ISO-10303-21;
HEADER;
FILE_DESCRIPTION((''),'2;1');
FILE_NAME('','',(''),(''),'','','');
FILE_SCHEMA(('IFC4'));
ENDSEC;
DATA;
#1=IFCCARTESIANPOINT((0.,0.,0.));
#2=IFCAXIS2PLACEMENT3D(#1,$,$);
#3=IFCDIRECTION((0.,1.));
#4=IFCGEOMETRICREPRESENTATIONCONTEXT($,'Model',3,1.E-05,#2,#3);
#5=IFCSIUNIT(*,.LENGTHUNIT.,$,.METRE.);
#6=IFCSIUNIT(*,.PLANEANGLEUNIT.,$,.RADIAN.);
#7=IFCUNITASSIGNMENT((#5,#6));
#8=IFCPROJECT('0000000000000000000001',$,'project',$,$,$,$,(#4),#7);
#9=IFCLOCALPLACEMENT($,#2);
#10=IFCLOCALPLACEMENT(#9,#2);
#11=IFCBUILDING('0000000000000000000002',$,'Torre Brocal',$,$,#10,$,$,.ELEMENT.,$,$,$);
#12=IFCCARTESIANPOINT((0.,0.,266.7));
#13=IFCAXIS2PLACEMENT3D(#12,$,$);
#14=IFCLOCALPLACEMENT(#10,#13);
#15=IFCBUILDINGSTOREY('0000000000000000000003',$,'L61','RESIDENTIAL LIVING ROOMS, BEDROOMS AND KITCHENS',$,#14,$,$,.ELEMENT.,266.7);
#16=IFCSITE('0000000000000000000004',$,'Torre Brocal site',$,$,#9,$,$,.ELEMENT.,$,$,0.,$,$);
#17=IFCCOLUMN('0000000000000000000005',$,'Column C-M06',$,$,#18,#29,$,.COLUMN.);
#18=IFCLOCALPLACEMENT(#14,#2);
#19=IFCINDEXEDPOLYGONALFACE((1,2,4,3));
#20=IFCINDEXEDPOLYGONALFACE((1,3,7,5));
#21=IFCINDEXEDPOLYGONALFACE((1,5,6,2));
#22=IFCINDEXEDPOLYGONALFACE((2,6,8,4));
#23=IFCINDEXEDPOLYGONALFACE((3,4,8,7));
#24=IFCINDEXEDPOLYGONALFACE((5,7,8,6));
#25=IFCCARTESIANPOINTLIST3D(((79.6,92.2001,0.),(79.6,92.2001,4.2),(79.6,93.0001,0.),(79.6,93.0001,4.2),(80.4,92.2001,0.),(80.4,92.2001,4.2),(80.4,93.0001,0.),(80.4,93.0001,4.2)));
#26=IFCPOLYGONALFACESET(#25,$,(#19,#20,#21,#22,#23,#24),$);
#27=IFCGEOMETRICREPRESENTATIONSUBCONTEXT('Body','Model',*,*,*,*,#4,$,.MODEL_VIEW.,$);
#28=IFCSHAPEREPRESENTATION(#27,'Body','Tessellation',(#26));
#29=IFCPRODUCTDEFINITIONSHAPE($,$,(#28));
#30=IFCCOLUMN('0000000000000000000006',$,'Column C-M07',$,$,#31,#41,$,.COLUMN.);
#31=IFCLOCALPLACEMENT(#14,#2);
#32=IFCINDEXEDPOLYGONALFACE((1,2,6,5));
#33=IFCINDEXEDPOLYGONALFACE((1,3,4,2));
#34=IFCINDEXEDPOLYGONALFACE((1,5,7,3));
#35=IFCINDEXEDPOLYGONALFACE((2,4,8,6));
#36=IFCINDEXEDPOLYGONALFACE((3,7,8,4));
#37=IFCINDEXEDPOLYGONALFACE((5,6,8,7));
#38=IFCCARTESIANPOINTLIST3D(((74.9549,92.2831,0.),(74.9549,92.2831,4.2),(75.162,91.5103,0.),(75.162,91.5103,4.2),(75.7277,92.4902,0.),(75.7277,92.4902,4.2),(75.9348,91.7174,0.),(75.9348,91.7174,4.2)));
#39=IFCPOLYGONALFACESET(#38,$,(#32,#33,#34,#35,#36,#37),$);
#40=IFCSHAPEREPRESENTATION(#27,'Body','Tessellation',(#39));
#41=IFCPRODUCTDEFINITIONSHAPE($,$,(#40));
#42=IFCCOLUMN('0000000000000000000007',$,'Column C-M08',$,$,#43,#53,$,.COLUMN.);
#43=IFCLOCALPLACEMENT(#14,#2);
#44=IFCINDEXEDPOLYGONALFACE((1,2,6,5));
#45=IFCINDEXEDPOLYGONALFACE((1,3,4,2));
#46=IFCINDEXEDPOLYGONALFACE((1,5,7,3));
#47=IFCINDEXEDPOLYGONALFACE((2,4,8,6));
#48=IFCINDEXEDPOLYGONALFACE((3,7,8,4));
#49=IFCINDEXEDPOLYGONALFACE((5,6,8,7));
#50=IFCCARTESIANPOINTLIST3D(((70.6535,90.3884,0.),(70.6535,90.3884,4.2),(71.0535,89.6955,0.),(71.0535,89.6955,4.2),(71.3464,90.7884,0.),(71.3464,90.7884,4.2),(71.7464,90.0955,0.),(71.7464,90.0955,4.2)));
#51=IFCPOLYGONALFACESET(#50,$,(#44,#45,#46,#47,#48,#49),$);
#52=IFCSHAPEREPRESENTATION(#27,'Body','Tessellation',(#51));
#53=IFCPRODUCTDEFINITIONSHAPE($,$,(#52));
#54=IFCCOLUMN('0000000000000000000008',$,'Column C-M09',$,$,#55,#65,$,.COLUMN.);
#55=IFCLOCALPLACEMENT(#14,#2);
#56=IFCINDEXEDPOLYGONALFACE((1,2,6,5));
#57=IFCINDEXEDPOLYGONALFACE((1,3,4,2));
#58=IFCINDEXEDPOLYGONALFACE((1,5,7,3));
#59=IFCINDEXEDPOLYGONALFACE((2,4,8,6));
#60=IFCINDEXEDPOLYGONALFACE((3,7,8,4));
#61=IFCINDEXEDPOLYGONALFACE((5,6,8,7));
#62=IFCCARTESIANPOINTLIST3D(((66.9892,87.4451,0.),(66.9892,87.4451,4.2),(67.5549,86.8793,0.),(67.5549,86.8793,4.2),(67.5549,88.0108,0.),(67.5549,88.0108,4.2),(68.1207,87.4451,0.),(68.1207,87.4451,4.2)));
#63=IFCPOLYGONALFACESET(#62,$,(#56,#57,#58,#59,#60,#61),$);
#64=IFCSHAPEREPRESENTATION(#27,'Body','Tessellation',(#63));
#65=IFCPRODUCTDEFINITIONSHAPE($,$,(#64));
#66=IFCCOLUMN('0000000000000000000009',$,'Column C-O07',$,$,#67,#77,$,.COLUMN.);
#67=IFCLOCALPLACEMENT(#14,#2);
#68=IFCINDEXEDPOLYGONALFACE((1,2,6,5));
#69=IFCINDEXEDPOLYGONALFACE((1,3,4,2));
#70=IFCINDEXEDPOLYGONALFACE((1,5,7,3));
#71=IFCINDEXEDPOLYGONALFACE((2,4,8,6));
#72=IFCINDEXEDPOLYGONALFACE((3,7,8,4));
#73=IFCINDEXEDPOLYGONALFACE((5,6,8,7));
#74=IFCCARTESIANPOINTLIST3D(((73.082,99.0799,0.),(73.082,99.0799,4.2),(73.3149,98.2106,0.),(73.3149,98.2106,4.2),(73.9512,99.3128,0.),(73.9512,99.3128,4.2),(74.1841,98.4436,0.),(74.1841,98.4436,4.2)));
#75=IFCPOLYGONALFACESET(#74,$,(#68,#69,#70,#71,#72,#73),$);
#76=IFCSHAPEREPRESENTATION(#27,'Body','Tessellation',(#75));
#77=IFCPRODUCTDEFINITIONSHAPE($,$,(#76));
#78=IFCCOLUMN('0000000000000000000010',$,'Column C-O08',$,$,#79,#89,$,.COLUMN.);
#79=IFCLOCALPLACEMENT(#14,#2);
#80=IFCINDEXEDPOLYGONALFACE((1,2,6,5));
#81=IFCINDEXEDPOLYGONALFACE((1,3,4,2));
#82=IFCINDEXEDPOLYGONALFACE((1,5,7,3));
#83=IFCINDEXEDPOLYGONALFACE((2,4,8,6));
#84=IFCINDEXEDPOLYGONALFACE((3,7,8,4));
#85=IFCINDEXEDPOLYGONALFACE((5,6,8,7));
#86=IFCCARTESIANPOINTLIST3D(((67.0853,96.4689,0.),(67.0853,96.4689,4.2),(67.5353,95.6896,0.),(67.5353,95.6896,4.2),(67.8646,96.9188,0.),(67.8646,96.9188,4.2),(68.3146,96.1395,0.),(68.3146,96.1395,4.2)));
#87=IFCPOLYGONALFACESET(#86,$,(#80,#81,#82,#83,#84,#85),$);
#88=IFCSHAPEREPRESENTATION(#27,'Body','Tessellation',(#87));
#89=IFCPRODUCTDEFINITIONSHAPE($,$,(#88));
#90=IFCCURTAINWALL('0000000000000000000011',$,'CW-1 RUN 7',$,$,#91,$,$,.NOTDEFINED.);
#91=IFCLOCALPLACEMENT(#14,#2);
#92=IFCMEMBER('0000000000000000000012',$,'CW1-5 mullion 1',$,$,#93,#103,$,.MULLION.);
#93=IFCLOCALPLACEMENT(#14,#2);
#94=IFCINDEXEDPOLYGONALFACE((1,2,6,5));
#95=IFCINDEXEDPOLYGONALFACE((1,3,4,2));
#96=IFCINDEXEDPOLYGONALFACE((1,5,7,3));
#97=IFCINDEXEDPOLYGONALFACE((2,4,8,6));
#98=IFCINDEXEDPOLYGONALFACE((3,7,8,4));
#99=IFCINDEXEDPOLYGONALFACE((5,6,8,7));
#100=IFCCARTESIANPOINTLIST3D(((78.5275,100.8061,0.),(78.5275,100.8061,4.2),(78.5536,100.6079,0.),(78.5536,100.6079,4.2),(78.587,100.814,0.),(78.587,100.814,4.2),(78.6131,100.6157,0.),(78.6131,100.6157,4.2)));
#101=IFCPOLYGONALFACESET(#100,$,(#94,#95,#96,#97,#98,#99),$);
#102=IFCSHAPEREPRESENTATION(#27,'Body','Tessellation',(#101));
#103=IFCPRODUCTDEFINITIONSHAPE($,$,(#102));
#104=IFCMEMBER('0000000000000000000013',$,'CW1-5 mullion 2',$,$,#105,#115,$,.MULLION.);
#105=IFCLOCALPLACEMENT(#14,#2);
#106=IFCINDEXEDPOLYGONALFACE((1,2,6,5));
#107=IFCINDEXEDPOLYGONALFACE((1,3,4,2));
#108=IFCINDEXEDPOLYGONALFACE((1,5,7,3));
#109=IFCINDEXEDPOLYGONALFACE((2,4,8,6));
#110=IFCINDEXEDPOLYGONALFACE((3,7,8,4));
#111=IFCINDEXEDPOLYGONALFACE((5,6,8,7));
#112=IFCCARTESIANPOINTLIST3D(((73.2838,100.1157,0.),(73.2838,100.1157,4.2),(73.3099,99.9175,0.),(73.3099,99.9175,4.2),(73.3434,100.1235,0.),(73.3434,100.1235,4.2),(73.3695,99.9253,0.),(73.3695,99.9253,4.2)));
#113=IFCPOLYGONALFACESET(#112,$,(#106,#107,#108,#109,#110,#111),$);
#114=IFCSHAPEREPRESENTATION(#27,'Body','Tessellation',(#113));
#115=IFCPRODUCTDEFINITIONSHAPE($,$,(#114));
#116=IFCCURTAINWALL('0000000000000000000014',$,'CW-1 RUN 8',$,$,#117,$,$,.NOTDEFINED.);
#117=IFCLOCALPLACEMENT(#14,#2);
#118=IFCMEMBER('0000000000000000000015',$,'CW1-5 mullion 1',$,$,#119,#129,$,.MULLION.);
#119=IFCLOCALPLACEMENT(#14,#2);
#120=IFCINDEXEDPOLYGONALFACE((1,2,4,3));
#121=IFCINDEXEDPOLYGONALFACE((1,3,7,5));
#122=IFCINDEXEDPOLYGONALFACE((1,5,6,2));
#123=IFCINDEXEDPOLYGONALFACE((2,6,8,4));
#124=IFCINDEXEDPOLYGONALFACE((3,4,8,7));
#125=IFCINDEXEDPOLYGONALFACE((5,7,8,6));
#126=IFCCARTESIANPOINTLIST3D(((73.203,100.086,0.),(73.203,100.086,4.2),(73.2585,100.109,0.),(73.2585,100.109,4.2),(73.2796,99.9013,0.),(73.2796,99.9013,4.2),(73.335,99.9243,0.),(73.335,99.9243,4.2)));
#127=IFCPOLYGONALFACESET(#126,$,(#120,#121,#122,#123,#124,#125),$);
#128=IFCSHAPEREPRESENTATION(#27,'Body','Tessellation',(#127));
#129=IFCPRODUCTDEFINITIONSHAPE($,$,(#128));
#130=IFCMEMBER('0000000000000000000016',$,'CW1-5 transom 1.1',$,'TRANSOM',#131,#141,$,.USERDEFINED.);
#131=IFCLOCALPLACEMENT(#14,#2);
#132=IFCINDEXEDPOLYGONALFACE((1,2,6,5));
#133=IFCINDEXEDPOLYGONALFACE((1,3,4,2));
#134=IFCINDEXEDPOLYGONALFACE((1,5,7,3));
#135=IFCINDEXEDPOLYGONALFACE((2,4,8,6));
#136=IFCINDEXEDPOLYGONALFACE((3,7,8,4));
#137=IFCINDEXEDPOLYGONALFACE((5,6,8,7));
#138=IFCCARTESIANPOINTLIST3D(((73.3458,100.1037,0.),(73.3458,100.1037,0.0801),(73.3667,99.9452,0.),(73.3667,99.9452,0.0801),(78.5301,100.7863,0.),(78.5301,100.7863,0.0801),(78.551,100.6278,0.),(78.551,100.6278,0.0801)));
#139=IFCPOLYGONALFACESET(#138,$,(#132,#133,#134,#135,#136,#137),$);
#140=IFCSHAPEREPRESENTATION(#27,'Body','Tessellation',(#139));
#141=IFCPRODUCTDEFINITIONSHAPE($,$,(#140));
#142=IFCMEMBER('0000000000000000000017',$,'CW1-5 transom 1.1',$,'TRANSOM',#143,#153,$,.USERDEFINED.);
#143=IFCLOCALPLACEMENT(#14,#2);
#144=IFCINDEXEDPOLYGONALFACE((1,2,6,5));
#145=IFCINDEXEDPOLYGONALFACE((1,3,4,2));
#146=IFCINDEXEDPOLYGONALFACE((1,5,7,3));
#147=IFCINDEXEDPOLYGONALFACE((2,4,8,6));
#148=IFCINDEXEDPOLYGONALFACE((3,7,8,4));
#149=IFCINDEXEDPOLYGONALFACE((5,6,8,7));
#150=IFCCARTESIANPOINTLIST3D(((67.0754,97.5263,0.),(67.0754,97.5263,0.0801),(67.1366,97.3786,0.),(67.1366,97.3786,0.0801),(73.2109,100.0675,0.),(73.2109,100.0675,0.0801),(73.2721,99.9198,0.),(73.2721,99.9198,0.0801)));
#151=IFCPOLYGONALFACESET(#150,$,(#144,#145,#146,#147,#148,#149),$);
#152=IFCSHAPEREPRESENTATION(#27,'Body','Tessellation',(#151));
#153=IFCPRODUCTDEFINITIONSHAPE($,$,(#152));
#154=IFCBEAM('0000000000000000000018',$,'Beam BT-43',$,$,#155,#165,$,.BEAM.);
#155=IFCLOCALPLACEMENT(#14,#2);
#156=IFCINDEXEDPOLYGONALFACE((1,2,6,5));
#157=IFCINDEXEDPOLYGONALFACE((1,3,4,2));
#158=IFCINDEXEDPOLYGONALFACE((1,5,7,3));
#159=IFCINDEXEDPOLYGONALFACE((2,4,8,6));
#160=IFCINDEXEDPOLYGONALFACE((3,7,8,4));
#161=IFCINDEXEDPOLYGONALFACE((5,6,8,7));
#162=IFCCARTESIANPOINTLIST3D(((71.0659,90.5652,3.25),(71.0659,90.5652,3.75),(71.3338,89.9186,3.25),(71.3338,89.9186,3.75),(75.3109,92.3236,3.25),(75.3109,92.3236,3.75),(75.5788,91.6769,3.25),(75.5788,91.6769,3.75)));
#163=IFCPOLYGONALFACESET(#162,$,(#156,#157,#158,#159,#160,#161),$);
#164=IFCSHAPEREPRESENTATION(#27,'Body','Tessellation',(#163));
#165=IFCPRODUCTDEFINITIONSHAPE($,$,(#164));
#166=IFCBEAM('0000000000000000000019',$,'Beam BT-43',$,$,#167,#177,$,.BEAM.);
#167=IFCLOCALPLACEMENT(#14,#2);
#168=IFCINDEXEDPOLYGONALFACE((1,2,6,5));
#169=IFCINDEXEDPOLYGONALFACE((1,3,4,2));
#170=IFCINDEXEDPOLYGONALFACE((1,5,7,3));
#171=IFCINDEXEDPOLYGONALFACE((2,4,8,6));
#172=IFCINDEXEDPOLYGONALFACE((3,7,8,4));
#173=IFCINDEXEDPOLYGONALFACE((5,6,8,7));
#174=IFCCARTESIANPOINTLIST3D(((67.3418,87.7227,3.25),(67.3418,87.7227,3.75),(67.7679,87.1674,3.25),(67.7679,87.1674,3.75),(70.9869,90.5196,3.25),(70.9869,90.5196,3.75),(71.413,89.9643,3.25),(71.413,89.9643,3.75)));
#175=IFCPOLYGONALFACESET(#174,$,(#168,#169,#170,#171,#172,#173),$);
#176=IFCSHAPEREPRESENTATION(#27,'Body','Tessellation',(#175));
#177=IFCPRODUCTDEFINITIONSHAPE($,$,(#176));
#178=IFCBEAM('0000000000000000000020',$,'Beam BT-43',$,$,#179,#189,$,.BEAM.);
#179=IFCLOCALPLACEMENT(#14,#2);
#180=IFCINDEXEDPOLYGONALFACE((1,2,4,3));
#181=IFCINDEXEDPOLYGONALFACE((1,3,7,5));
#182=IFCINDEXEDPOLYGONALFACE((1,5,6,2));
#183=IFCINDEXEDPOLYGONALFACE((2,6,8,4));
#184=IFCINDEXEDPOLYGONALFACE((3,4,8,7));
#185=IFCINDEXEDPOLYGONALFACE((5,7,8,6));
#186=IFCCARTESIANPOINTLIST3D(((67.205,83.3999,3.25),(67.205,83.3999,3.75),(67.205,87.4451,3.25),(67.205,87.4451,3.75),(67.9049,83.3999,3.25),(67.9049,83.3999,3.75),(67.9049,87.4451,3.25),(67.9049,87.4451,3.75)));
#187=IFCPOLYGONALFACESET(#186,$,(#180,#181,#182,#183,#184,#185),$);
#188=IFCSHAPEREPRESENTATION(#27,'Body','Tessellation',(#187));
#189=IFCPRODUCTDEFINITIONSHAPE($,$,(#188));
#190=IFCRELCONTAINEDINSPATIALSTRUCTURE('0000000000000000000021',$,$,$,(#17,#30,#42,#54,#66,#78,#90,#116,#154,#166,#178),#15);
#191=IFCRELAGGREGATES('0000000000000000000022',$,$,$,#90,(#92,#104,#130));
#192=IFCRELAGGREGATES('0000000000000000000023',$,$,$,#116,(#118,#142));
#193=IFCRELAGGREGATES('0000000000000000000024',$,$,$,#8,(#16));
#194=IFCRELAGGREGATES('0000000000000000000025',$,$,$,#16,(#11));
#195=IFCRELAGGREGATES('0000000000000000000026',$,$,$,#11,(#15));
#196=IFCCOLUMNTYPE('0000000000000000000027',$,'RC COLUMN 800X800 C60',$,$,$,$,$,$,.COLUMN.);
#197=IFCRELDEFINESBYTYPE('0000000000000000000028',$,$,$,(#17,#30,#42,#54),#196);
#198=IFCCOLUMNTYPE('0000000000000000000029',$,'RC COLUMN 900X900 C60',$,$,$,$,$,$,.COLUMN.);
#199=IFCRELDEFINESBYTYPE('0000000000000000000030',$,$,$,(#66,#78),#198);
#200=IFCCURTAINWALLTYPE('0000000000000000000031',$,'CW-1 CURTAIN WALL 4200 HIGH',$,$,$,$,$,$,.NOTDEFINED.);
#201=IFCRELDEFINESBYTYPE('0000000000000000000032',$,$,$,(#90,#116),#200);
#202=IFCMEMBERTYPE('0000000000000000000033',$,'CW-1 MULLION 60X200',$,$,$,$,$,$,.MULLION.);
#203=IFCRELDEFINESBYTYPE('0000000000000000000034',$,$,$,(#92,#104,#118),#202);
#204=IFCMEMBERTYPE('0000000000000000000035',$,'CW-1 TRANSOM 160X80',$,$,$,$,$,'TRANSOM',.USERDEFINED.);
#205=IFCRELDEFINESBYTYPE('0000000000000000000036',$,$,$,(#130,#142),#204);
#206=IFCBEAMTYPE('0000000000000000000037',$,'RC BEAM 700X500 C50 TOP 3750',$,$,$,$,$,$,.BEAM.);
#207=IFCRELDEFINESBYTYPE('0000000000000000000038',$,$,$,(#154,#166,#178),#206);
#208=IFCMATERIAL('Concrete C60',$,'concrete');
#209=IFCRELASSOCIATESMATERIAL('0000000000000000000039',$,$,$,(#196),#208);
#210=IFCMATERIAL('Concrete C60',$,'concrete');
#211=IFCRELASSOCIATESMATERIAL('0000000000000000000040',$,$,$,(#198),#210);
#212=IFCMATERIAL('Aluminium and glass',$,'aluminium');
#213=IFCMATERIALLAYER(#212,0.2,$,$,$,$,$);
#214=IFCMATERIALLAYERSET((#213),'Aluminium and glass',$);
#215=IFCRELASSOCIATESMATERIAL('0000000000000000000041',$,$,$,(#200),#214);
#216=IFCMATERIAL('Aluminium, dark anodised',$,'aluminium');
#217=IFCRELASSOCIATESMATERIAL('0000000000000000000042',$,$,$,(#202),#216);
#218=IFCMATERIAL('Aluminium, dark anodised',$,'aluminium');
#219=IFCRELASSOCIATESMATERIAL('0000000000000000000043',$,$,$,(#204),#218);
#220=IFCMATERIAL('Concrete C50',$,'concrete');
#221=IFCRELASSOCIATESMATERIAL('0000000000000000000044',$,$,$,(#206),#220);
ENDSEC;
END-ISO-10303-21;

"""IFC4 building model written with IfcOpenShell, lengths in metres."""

from ifc_helpers import new_model, si_unit, direction, frame, origin, origin_2d, place, context, subcontext, project, spatial, rectangle, extrude, material, layer, layer_set, material_profile, profile_set, type_object, element, aggregate, save


model = new_model("IFC4")

# Units and contexts
model_context = context("Model", 3, precision=1e-05, world=origin(), true_north=direction((0.0, 1.0)))
body_context = subcontext(model_context, "Body", "Model", "MODEL_VIEW")
ifc_project = project(units=[si_unit("LENGTHUNIT", "METRE"), si_unit("PLANEANGLEUNIT", "RADIAN")], contexts=[model_context])

# Site, building, storey
site_placement = place(None, origin())
site = spatial("IfcSite", under=ifc_project, at=site_placement, Name="Torre Brocal site", CompositionType="ELEMENT", RefElevation=0.0)
building_placement = place(site_placement, origin())
building = spatial("IfcBuilding", under=site, at=building_placement, Name="Torre Brocal", CompositionType="ELEMENT")
storey_placement = place(building_placement, frame((0.0, 0.0, 266.7)))
storey = spatial("IfcBuildingStorey", under=building, at=storey_placement, Name="L61", Description="RESIDENTIAL LIVING ROOMS, BEDROOMS AND KITCHENS", CompositionType="ELEMENT", Elevation=266.7)

# Columns
ifc_material_1 = material(Name="Concrete C60", Category="concrete")
ifc_material_profile_1 = material_profile(ifc_material_1, rectangle(XDim=0.8, YDim=0.8, at=origin_2d()), Name="RC 800X800")
ifc_profile_set_1 = profile_set([ifc_material_profile_1], Name="Concrete C60")
column_type_1 = type_object("IfcColumnType", Name="RC COLUMN 800X800 C60", PredefinedType="COLUMN", material=ifc_profile_set_1)
for number, where, z_axis, x_axis, name in (
    (1, (80.0, 92.6001, 0.0), (0.0, 0.0, 1.0), (0.0, 1.0, 0.0), "Column C-M06"),
    (2, (75.4448, 92.0002, 0.0), (0.0, 0.0, 1.0), (-0.258819, 0.965926, 0.0), "Column C-M07"),
    (3, (71.2, 90.2419, 0.0), (0.0, 0.0, 1.0), (-0.5, 0.866025, 0.0), "Column C-M08"),
    (4, (67.5549, 87.4451, 0.0), (0.0, 0.0, 1.0), (-0.707107, 0.707107, 0.0), "Column C-M09"),
):
    element("IfcColumn", number, at=place(storey_placement, frame(where, z_axis=z_axis, x_axis=x_axis)), inside=storey, type_object=column_type_1, Name=name, PredefinedType="COLUMN", context=body_context, shape_type="SweptSolid", body=[
        extrude(rectangle(XDim=0.8, YDim=0.8, at=origin_2d()), origin(), (0.0, 0.0, 1.0), 4.2),
    ])
ifc_material_2 = material(Name="Concrete C60", Category="concrete")
ifc_material_profile_2 = material_profile(ifc_material_2, rectangle(XDim=0.8999, YDim=0.8999, at=origin_2d()), Name="RC 900X900")
ifc_profile_set_2 = profile_set([ifc_material_profile_2], Name="Concrete C60")
column_type_2 = type_object("IfcColumnType", Name="RC COLUMN 900X900 C60", PredefinedType="COLUMN", material=ifc_profile_set_2)
for number, where, z_axis, x_axis, name in (
    (5, (73.6331, 98.7617, 0.0), (0.0, 0.0, 1.0), (-0.258819, 0.965926, 0.0), "Column C-O07"),
    (6, (67.7, 96.3042, 0.0), (0.0, 0.0, 1.0), (-0.5, 0.866025, 0.0), "Column C-O08"),
):
    element("IfcColumn", number, at=place(storey_placement, frame(where, z_axis=z_axis, x_axis=x_axis)), inside=storey, type_object=column_type_2, Name=name, PredefinedType="COLUMN", context=body_context, shape_type="SweptSolid", body=[
        extrude(rectangle(XDim=0.8999, YDim=0.8999, at=origin_2d()), origin(), (0.0, 0.0, 1.0), 4.2),
    ])

# Curtain wall, members
ifc_material_3 = material(Name="Aluminium and glass", Category="aluminium")
ifc_layer_1 = layer(ifc_material_3, 0.2)
ifc_layer_set_1 = layer_set([ifc_layer_1], Name="Aluminium and glass")
curtain_wall_type = type_object("IfcCurtainWallType", Name="CW-1 CURTAIN WALL 4200 HIGH", PredefinedType="NOTDEFINED", material=ifc_layer_set_1)
curtain_wall_1_placement = place(storey_placement, origin())
curtain_wall_1 = element("IfcCurtainWall", 7, at=curtain_wall_1_placement, inside=storey, type_object=curtain_wall_type, Name="CW-1 RUN 7", PredefinedType="NOTDEFINED")
ifc_material_4 = material(Name="Aluminium, dark anodised", Category="aluminium")
ifc_material_profile_3 = material_profile(ifc_material_4, rectangle(XDim=0.2, YDim=0.0601, at=origin_2d()), Name="CW-1 MULLION 60X200")
ifc_profile_set_3 = profile_set([ifc_material_profile_3], Name="Aluminium, dark anodised")
member_type_1 = type_object("IfcMemberType", Name="CW-1 MULLION 60X200", PredefinedType="MULLION", material=ifc_profile_set_3)
member_1_placement = place(storey_placement, frame((78.5703, 100.7109, 0.0), z_axis=(0.0, 0.0, 1.0), x_axis=(0.130526, -0.991445, 0.0)))
member_1 = element("IfcMember", 8, at=member_1_placement, type_object=member_type_1, Name="CW1-5 mullion 1", PredefinedType="MULLION", context=body_context, shape_type="SweptSolid", body=[
    extrude(rectangle(XDim=0.2, YDim=0.0601, at=origin_2d()), origin(), (0.0, 0.0, 1.0), 4.2),
])
member_2_placement = place(storey_placement, frame((73.3267, 100.0205, 0.0), z_axis=(0.0, 0.0, 1.0), x_axis=(0.130526, -0.991445, 0.0)))
member_2 = element("IfcMember", 9, at=member_2_placement, type_object=member_type_1, Name="CW1-5 mullion 2", PredefinedType="MULLION", context=body_context, shape_type="SweptSolid", body=[
    extrude(rectangle(XDim=0.2, YDim=0.0601, at=origin_2d()), origin(), (0.0, 0.0, 1.0), 4.2),
])

# Curtain wall, member
curtain_wall_2_placement = place(storey_placement, origin())
curtain_wall_2 = element("IfcCurtainWall", 10, at=curtain_wall_2_placement, inside=storey, type_object=curtain_wall_type, Name="CW-1 RUN 8", PredefinedType="NOTDEFINED")
member_3_placement = place(storey_placement, frame((73.269, 100.0051, 0.0), z_axis=(0.0, 0.0, 1.0), x_axis=(0.382683, -0.92388, 0.0)))
member_3 = element("IfcMember", 11, at=member_3_placement, type_object=member_type_1, Name="CW1-5 mullion 1", PredefinedType="MULLION", context=body_context, shape_type="SweptSolid", body=[
    extrude(rectangle(XDim=0.2, YDim=0.0601, at=origin_2d()), origin(), (0.0, 0.0, 1.0), 4.2),
])

# Members
ifc_material_5 = material(Name="Aluminium, dark anodised", Category="aluminium")
ifc_material_profile_4 = material_profile(ifc_material_5, rectangle(XDim=0.1599, YDim=0.0801, at=origin_2d()), Name="CW-1 TRANSOM 160X80")
ifc_profile_set_4 = profile_set([ifc_material_profile_4], Name="Aluminium, dark anodised")
member_type_2 = type_object("IfcMemberType", Name="CW-1 TRANSOM 160X80", ElementType="TRANSOM", PredefinedType="USERDEFINED", material=ifc_profile_set_4)
member_4_placement = place(storey_placement, frame((78.5405, 100.707, 0.04), z_axis=(-0.991443, -0.130543, 0.0), x_axis=(0.130543, -0.991443, 0.0)))
member_4 = element("IfcMember", 12, at=member_4_placement, type_object=member_type_2, Name="CW1-5 transom 1.1", ObjectType="TRANSOM", PredefinedType="USERDEFINED", context=body_context, shape_type="SweptSolid", body=[
    extrude(rectangle(XDim=0.1599, YDim=0.0801, at=origin_2d()), origin(), (0.0, 0.0, 1.0), 5.229),
])
member_5_placement = place(storey_placement, frame((73.2415, 99.9937, 0.04), z_axis=(-0.923887, -0.382665, 0.0), x_axis=(0.382665, -0.923887, 0.0)))
member_5 = element("IfcMember", 13, at=member_5_placement, type_object=member_type_2, Name="CW1-5 transom 1.1", ObjectType="TRANSOM", PredefinedType="USERDEFINED", context=body_context, shape_type="SweptSolid", body=[
    extrude(rectangle(XDim=0.1599, YDim=0.0801, at=origin_2d()), origin(), (0.0, 0.0, 1.0), 6.6409),
])

# Beams
ifc_material_6 = material(Name="Concrete C50", Category="concrete")
ifc_material_profile_5 = material_profile(ifc_material_6, rectangle(XDim=0.7, YDim=0.5, at=origin_2d()), Name="RC 700X500")
ifc_profile_set_5 = profile_set([ifc_material_profile_5], Name="Concrete C50")
beam_type_1 = type_object("IfcBeamType", Name="RC BEAM 700X500 C50 TOP 3750", PredefinedType="BEAM", material=ifc_profile_set_5)
beam_1_placement = place(storey_placement, frame((75.4448, 92.0002, 3.5), z_axis=(-0.923878, -0.382687, 0.0), x_axis=(0.382687, -0.923878, 0.0)))
element("IfcBeam", 14, at=beam_1_placement, inside=storey, type_object=beam_type_1, Name="Beam BT-43", PredefinedType="BEAM", context=body_context, shape_type="SweptSolid", body=[
    extrude(rectangle(XDim=0.7, YDim=0.5, at=origin_2d()), origin(), (0.0, 0.0, 1.0), 4.5947),
])
beam_2_placement = place(storey_placement, frame((71.2, 90.2419, 3.5), z_axis=(-0.793358, -0.608755, 0.0), x_axis=(0.608755, -0.793358, 0.0)))
element("IfcBeam", 15, at=beam_2_placement, inside=storey, type_object=beam_type_1, Name="Beam BT-43", PredefinedType="BEAM", context=body_context, shape_type="SweptSolid", body=[
    extrude(rectangle(XDim=0.7, YDim=0.5, at=origin_2d()), origin(), (0.0, 0.0, 1.0), 4.5945),
])
beam_3_placement = place(storey_placement, frame((67.5549, 87.4451, 3.5), z_axis=(0.0, -1.0, 0.0), x_axis=(1.0, 0.0, 0.0)))
element("IfcBeam", 16, at=beam_3_placement, inside=storey, type_object=beam_type_1, Name="Beam BT-43", PredefinedType="BEAM", context=body_context, shape_type="SweptSolid", body=[
    extrude(rectangle(XDim=0.7, YDim=0.5, at=origin_2d()), origin(), (0.0, 0.0, 1.0), 4.0452),
])

aggregate(curtain_wall_1, [member_1, member_2, member_4])
aggregate(curtain_wall_2, [member_3, member_5])

save(model, "model.ifc")
